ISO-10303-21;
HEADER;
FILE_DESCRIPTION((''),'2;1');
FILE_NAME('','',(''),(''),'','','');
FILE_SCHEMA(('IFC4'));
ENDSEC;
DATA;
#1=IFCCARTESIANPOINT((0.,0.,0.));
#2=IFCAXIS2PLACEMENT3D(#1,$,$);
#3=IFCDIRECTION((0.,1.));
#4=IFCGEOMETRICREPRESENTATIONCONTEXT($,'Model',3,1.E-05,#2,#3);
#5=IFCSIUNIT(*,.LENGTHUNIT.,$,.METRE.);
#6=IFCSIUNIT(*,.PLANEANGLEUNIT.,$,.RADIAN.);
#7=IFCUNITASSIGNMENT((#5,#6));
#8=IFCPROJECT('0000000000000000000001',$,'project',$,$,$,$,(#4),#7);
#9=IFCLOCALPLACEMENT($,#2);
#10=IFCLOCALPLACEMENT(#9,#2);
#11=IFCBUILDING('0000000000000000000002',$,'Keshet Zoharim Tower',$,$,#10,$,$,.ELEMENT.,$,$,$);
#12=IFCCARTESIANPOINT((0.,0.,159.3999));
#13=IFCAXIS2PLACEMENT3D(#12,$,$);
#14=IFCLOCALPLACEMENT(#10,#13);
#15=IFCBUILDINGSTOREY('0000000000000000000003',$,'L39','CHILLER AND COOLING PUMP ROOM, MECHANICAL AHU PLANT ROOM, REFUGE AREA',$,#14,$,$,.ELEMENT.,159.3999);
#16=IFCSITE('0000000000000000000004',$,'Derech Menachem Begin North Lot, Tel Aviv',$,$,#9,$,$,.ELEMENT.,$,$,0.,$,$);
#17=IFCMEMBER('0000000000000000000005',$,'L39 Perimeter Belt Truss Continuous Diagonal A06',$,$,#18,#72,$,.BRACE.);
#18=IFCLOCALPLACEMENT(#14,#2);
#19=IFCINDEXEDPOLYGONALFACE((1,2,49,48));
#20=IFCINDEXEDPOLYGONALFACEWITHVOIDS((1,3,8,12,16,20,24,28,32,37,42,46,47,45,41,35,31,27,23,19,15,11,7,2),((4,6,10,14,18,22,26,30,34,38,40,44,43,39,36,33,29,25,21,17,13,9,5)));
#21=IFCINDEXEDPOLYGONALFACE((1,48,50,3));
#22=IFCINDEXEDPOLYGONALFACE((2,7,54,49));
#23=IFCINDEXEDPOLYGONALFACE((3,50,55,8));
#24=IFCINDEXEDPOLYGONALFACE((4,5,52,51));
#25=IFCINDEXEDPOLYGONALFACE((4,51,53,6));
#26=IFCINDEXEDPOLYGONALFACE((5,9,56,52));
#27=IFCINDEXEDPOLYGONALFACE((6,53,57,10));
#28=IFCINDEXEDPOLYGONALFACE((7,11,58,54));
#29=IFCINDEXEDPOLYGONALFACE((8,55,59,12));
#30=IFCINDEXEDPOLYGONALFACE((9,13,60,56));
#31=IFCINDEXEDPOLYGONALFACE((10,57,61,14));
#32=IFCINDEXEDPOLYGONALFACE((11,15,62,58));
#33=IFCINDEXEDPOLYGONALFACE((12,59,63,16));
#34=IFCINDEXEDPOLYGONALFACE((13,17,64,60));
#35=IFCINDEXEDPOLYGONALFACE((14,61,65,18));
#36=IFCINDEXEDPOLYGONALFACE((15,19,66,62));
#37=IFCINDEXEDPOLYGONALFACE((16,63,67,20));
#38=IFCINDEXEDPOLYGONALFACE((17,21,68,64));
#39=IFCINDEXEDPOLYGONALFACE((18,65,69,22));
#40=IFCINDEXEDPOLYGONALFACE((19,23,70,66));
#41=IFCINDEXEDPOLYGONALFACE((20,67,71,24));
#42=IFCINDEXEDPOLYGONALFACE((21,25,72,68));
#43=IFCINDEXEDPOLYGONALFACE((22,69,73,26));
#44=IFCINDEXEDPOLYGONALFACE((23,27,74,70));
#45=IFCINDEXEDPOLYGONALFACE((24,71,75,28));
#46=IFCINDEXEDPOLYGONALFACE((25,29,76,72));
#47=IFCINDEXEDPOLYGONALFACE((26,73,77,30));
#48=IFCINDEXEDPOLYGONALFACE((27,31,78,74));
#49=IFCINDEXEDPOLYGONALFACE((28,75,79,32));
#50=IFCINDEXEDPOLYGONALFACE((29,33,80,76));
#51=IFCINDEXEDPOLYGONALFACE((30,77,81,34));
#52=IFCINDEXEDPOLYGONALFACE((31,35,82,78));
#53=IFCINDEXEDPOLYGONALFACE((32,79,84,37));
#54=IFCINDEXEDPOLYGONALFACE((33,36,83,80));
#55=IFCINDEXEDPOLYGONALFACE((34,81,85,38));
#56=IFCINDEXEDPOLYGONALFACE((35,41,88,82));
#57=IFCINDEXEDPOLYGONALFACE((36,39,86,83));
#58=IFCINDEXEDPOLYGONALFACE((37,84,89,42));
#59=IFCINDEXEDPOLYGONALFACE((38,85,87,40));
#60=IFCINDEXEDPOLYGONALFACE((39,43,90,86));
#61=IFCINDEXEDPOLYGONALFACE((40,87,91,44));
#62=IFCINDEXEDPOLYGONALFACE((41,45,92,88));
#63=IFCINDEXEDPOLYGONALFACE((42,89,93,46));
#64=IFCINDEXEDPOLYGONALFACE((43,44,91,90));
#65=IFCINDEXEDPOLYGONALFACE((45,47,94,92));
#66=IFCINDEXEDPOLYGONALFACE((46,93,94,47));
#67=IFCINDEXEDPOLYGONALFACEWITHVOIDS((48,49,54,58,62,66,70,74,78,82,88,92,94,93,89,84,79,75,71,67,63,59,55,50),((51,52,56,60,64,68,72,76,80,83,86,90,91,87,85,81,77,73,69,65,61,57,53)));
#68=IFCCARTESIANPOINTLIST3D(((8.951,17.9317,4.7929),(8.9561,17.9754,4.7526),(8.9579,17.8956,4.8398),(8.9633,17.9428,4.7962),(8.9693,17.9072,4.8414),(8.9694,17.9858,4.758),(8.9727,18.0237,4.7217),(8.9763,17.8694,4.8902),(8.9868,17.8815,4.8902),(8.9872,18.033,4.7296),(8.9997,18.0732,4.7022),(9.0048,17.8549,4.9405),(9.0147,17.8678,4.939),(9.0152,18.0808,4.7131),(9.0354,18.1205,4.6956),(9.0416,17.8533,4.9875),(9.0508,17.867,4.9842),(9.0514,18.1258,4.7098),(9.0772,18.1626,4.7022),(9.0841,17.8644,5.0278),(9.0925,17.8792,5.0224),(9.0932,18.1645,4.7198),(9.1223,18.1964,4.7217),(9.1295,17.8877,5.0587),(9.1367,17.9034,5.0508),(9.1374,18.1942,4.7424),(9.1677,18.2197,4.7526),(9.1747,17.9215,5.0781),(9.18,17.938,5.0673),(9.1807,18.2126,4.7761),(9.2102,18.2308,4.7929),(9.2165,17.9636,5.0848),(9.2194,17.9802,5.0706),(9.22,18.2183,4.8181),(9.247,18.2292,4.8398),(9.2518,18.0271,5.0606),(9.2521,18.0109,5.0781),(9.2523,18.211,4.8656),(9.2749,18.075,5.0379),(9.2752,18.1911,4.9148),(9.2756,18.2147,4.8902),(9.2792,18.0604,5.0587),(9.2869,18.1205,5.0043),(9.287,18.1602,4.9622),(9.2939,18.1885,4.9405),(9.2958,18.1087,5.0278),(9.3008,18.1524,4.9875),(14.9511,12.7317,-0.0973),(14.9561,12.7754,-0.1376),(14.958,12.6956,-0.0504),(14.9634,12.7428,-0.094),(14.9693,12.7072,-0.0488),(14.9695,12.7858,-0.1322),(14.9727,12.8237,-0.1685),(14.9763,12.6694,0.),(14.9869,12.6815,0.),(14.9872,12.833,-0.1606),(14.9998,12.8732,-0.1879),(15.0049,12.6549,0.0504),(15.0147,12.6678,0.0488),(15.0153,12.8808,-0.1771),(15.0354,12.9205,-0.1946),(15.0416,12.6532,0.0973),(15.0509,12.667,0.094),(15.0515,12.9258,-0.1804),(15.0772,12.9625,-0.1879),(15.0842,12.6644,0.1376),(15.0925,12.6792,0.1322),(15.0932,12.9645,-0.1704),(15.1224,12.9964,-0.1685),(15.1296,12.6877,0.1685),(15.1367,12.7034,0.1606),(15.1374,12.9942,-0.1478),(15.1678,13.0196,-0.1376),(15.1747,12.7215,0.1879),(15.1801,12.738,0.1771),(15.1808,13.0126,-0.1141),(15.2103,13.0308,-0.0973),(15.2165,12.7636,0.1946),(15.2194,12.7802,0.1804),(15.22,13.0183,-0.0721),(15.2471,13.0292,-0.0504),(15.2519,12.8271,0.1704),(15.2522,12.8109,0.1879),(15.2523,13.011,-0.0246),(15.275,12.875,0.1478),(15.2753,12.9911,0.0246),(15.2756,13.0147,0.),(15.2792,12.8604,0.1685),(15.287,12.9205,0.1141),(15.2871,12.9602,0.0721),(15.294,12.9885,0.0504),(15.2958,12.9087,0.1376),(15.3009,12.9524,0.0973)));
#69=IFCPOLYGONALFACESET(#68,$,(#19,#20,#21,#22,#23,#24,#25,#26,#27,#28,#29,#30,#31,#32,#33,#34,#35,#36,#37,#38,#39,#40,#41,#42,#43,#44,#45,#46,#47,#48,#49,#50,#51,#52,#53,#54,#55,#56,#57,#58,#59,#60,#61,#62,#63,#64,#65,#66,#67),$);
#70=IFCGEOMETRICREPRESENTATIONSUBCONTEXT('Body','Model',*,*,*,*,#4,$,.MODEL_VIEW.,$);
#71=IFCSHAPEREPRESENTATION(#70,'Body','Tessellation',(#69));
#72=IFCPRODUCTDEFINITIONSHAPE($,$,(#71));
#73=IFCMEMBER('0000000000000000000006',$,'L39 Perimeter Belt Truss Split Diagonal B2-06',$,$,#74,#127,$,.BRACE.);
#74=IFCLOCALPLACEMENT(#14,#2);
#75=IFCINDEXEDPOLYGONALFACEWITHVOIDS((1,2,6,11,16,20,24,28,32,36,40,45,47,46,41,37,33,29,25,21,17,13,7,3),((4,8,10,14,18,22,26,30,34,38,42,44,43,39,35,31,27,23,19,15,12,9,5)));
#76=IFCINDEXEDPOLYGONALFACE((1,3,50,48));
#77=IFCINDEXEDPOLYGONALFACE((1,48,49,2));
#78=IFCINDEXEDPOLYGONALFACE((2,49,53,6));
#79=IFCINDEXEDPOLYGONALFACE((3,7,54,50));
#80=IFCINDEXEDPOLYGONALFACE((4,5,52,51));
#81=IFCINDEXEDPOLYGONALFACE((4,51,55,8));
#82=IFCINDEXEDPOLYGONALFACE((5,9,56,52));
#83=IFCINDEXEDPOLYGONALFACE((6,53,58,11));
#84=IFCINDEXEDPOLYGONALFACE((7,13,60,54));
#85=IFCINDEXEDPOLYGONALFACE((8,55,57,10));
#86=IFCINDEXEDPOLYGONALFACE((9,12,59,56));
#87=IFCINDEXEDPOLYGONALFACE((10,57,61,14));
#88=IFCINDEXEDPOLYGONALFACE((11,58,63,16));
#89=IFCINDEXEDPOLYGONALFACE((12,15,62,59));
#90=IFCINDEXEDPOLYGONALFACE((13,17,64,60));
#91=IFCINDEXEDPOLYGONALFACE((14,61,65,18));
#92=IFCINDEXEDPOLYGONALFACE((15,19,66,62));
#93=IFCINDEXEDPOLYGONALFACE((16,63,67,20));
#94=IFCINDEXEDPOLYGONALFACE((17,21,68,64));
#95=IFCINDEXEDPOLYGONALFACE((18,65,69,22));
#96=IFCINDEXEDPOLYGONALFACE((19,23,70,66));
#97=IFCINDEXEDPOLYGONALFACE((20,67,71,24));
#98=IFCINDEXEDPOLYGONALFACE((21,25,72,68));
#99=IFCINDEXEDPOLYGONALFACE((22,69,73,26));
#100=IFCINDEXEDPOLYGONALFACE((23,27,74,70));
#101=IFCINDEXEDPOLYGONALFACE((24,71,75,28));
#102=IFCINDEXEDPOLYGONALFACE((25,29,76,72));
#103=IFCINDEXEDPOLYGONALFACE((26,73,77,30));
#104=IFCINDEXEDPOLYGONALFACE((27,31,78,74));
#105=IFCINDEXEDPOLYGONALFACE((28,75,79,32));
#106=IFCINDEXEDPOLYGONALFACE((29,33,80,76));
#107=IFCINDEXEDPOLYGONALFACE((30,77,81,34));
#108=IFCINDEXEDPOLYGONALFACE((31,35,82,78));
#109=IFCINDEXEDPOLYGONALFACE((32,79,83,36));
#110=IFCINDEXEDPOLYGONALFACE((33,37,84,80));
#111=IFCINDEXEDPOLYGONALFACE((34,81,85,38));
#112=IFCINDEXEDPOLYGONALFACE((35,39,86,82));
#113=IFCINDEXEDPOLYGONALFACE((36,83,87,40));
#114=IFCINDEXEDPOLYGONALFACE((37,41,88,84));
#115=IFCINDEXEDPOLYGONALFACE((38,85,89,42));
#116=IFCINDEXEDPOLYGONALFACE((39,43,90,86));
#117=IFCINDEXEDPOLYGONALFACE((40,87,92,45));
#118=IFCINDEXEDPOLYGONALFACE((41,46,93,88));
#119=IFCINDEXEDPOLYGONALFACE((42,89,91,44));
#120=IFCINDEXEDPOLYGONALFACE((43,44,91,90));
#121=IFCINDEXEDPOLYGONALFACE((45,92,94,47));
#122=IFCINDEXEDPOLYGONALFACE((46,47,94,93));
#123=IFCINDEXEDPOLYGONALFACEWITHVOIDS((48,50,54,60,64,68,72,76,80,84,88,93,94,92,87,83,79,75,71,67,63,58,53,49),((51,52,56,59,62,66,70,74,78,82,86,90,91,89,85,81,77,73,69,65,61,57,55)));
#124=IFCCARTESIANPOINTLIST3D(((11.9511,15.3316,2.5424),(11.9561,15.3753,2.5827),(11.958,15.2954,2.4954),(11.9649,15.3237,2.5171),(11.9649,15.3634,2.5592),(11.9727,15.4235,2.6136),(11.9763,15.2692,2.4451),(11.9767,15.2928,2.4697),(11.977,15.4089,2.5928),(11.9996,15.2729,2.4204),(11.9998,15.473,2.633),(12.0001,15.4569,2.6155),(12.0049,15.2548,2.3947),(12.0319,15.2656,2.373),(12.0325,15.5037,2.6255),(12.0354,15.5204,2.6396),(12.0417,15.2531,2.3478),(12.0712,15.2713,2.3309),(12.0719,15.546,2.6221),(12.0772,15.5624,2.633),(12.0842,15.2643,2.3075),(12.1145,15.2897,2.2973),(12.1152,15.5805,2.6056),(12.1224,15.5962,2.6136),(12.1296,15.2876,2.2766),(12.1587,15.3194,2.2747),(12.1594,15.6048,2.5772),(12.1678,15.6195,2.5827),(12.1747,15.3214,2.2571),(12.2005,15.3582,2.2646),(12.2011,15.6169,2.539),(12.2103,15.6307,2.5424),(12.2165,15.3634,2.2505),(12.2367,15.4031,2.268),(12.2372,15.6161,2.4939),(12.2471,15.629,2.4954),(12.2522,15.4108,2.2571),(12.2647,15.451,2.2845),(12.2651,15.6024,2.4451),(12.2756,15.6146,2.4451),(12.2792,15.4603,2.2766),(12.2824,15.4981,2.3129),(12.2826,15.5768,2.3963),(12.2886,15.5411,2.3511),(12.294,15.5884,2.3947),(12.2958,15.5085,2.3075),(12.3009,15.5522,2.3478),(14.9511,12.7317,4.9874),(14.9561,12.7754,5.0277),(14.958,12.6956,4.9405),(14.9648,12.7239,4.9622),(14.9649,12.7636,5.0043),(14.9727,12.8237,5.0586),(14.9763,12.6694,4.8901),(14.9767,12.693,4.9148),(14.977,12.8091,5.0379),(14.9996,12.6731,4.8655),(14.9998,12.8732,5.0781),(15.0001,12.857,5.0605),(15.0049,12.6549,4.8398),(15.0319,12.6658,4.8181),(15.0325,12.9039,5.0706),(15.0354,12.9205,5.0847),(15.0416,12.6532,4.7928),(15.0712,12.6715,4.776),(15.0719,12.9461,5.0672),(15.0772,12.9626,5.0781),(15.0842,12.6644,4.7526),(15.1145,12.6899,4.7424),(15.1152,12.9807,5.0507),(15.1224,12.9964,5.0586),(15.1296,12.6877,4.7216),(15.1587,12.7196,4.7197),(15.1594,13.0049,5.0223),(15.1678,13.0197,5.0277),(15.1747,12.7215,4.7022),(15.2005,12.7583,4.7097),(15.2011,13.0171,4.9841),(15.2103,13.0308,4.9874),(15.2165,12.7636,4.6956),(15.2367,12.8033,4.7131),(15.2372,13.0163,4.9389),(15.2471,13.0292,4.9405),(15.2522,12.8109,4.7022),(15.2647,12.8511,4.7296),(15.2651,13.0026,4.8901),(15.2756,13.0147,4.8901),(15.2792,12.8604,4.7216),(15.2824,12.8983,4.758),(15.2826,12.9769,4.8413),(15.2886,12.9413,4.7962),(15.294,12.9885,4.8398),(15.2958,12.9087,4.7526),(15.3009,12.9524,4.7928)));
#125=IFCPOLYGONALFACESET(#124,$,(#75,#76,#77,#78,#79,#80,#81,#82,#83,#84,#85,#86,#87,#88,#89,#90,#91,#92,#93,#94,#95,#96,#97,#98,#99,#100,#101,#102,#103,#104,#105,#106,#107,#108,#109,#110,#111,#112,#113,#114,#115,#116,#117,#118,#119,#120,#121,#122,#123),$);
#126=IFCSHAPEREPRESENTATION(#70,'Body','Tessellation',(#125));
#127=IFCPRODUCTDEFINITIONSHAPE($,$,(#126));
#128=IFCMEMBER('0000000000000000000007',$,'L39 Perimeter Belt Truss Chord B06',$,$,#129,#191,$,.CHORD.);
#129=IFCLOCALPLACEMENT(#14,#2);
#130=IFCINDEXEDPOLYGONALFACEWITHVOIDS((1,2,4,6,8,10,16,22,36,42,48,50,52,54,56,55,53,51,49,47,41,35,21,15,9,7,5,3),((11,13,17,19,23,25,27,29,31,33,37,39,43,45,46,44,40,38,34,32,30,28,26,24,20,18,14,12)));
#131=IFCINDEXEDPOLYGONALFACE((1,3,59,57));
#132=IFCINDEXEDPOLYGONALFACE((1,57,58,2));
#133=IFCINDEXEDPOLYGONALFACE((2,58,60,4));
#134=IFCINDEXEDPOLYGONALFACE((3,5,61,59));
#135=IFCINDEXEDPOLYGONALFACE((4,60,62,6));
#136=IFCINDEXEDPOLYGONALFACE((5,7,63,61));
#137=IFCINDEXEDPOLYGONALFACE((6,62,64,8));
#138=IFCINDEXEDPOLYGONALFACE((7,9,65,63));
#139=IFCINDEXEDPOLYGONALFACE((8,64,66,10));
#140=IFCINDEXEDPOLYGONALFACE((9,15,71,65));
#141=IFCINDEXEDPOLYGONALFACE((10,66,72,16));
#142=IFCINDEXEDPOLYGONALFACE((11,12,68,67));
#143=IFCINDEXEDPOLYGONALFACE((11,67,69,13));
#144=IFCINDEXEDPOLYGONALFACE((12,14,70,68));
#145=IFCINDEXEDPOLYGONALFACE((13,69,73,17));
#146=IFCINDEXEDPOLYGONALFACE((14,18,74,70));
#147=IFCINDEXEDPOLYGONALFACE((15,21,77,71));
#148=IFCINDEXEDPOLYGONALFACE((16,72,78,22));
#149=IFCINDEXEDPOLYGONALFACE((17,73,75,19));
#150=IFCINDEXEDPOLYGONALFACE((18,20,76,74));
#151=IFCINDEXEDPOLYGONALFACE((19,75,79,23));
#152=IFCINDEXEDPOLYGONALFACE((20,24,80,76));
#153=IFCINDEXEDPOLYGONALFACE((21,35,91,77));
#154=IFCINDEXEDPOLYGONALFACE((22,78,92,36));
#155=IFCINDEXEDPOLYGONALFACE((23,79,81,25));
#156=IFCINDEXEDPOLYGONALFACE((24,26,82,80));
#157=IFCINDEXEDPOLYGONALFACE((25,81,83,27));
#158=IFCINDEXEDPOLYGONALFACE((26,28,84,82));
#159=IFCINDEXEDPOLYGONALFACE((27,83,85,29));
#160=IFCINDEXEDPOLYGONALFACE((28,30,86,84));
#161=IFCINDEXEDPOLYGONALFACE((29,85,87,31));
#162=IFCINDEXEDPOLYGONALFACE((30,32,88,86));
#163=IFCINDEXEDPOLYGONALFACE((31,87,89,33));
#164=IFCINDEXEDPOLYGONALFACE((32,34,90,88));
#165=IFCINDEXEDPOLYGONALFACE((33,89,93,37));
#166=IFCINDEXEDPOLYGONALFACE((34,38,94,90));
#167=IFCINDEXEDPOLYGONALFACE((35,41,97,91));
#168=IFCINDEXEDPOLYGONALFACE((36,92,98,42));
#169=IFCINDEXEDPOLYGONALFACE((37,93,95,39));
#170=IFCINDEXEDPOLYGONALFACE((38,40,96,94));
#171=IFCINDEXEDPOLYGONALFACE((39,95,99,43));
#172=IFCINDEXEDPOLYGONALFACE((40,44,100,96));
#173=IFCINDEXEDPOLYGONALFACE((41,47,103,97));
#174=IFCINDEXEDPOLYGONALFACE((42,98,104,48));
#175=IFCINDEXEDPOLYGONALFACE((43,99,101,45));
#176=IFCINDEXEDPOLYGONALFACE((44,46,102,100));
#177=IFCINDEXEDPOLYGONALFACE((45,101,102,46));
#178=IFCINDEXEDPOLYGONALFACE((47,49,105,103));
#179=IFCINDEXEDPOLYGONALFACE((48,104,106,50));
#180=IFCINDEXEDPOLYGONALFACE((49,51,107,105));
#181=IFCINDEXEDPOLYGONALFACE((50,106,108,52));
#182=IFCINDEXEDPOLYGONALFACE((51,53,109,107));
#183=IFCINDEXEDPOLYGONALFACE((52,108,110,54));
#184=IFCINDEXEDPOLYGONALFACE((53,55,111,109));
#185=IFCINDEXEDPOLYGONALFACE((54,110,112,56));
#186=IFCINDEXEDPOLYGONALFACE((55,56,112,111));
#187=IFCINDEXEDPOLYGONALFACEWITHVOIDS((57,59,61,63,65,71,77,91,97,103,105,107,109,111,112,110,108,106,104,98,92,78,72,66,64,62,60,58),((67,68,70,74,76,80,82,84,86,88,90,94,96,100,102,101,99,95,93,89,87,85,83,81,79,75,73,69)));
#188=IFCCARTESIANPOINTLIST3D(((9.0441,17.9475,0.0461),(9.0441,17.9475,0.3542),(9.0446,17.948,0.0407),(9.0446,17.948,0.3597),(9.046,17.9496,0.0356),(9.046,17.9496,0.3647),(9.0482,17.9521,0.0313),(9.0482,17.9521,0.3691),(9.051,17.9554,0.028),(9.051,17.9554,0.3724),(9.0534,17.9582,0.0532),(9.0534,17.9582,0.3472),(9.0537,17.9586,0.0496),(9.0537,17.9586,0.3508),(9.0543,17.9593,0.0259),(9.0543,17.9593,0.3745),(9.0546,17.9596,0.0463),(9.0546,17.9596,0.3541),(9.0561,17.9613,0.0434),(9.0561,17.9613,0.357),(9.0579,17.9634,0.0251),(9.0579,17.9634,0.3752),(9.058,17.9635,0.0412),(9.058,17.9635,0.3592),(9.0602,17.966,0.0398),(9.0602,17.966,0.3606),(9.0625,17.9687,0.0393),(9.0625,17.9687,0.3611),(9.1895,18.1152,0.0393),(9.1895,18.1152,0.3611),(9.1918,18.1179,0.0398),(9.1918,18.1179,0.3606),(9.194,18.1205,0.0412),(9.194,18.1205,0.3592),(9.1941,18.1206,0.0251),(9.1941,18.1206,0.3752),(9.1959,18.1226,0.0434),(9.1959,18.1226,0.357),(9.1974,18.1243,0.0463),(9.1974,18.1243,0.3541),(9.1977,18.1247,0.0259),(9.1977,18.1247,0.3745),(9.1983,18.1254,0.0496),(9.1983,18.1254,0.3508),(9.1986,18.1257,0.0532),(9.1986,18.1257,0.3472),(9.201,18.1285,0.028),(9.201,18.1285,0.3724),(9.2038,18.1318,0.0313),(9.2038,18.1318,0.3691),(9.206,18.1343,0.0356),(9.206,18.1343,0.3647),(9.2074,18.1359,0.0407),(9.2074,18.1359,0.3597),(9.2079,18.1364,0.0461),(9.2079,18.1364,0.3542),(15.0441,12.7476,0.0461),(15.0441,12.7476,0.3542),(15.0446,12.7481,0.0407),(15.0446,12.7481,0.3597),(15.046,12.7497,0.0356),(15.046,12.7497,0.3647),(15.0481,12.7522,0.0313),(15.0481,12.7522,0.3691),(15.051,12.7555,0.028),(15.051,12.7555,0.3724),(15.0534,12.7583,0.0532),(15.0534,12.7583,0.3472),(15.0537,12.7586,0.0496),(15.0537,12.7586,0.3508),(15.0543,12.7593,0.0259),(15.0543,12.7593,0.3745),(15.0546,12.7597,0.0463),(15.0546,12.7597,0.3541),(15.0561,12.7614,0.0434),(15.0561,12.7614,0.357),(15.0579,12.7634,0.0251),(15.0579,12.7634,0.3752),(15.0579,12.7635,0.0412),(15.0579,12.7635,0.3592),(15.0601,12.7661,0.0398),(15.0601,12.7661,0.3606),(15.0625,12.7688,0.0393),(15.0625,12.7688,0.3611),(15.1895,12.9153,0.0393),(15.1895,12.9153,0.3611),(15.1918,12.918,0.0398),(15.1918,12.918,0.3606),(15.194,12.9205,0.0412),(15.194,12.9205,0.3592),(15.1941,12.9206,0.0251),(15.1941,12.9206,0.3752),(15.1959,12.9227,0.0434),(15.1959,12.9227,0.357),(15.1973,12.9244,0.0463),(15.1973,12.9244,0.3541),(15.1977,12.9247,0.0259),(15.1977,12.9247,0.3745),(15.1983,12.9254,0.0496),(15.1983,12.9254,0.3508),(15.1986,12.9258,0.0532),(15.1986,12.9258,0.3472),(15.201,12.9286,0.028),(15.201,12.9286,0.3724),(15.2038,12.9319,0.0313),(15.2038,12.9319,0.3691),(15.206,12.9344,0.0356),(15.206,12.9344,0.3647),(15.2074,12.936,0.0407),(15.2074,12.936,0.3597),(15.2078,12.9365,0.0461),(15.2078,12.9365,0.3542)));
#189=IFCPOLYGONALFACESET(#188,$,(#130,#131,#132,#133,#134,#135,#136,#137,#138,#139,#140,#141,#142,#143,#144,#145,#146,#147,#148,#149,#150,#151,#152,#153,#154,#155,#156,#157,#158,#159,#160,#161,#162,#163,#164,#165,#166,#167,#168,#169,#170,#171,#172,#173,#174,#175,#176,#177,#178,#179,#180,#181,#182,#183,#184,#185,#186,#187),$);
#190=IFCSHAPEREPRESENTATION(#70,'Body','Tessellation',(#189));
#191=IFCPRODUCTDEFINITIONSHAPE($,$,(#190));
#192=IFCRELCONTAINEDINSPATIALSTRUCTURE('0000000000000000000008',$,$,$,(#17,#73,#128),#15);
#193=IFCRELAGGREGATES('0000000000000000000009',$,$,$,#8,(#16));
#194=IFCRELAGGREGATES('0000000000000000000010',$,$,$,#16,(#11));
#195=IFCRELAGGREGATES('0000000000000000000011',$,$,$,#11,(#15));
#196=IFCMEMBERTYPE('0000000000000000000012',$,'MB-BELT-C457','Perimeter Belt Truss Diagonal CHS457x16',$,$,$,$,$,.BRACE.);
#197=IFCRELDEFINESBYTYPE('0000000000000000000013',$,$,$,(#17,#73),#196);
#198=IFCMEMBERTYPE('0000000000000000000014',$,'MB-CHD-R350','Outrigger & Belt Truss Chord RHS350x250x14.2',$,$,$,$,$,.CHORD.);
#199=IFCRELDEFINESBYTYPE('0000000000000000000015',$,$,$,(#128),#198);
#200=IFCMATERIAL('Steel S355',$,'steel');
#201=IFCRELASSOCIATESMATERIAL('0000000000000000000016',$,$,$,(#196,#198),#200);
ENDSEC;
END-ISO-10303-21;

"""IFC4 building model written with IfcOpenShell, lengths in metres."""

from ifc_helpers import new_model, si_unit, direction, frame, origin, origin_2d, place, context, subcontext, project, spatial, hollow_rectangle, hollow_circle, extrude, material, material_profile, profile_set, type_object, element, save


model = new_model("IFC4")

# Units and contexts
model_context = context("Model", 3, precision=1e-05, world=origin(), true_north=direction((0.0, 1.0)))
body_context = subcontext(model_context, "Body", "Model", "MODEL_VIEW")
ifc_project = project(units=[si_unit("LENGTHUNIT", "METRE"), si_unit("PLANEANGLEUNIT", "RADIAN")], contexts=[model_context])

# Site, building, storey
site_placement = place(None, origin())
site = spatial("IfcSite", under=ifc_project, at=site_placement, Name="Derech Menachem Begin North Lot, Tel Aviv", CompositionType="ELEMENT", RefElevation=0.0)
building_placement = place(site_placement, origin())
building = spatial("IfcBuilding", under=site, at=building_placement, Name="Keshet Zoharim Tower", CompositionType="ELEMENT")
storey_placement = place(building_placement, frame((0.0, 0.0, 159.3999)))
storey = spatial("IfcBuildingStorey", under=building, at=storey_placement, Name="L39", Description="CHILLER AND COOLING PUMP ROOM, MECHANICAL AHU PLANT ROOM, REFUGE AREA", CompositionType="ELEMENT", Elevation=159.3999)

# Shared definitions
ifc_material_1 = material(Name="Steel S355", Category="steel")

# Members
ifc_material_profile_1 = material_profile(ifc_material_1, hollow_circle(Radius=0.2285, WallThickness=0.0161, at=origin_2d()), Name="CHS457x16")
ifc_profile_set_1 = profile_set([ifc_material_profile_1], Name="Steel S355")
member_type_1 = type_object("IfcMemberType", Name="MB-BELT-C457", Description="Perimeter Belt Truss Diagonal CHS457x16", PredefinedType="BRACE", material=ifc_profile_set_1)
member_1_placement = place(storey_placement, frame((15.126, 12.842, 0.0), z_axis=(-0.643442, 0.557644, 0.52442), x_axis=(-0.654927, -0.755692, 0.0)))
element("IfcMember", 1, at=member_1_placement, inside=storey, type_object=member_type_1, Name="L39 Perimeter Belt Truss Continuous Diagonal A06", PredefinedType="BRACE", context=body_context, shape_type="SweptSolid", body=[
    extrude(hollow_circle(Radius=0.2285, WallThickness=0.0161, at=origin_2d()), origin(), (0.0, 0.0, 1.0), 9.325),
])
member_2_placement = place(storey_placement, frame((12.126, 15.4419, 2.4451), z_axis=(0.643451, -0.557626, 0.524427), x_axis=(0.654909, 0.755707, 0.0)))
element("IfcMember", 2, at=member_2_placement, inside=storey, type_object=member_type_1, Name="L39 Perimeter Belt Truss Split Diagonal B2-06", PredefinedType="BRACE", context=body_context, shape_type="SweptSolid", body=[
    extrude(hollow_circle(Radius=0.2285, WallThickness=0.0161, at=origin_2d()), origin(), (0.0, 0.0, 1.0), 4.6624),
])
ifc_material_profile_2 = material_profile(ifc_material_1, hollow_rectangle(XDim=0.25, YDim=0.3501, WallThickness=0.0142, InnerFilletRadius=0.0139, OuterFilletRadius=0.021, at=origin_2d()), Name="RHS350x250x14.2")
ifc_profile_set_2 = profile_set([ifc_material_profile_2], Name="Steel S355")
member_type_2 = type_object("IfcMemberType", Name="MB-CHD-R350", Description="Outrigger & Belt Truss Chord RHS350x250x14.2", PredefinedType="CHORD", material=ifc_profile_set_2)
member_3_placement = place(storey_placement, frame((15.126, 12.842, 0.2002), z_axis=(-0.755692, 0.654927, 0.0), x_axis=(-0.654927, -0.755692, 0.0)))
element("IfcMember", 3, at=member_3_placement, inside=storey, type_object=member_type_2, Name="L39 Perimeter Belt Truss Chord B06", PredefinedType="CHORD", context=body_context, shape_type="SweptSolid", body=[
    extrude(hollow_rectangle(XDim=0.25, YDim=0.3501, WallThickness=0.0142, InnerFilletRadius=0.0139, OuterFilletRadius=0.021, at=origin_2d()), origin(), (0.0, 0.0, 1.0), 7.9397),
])

save(model, "model.ifc")
